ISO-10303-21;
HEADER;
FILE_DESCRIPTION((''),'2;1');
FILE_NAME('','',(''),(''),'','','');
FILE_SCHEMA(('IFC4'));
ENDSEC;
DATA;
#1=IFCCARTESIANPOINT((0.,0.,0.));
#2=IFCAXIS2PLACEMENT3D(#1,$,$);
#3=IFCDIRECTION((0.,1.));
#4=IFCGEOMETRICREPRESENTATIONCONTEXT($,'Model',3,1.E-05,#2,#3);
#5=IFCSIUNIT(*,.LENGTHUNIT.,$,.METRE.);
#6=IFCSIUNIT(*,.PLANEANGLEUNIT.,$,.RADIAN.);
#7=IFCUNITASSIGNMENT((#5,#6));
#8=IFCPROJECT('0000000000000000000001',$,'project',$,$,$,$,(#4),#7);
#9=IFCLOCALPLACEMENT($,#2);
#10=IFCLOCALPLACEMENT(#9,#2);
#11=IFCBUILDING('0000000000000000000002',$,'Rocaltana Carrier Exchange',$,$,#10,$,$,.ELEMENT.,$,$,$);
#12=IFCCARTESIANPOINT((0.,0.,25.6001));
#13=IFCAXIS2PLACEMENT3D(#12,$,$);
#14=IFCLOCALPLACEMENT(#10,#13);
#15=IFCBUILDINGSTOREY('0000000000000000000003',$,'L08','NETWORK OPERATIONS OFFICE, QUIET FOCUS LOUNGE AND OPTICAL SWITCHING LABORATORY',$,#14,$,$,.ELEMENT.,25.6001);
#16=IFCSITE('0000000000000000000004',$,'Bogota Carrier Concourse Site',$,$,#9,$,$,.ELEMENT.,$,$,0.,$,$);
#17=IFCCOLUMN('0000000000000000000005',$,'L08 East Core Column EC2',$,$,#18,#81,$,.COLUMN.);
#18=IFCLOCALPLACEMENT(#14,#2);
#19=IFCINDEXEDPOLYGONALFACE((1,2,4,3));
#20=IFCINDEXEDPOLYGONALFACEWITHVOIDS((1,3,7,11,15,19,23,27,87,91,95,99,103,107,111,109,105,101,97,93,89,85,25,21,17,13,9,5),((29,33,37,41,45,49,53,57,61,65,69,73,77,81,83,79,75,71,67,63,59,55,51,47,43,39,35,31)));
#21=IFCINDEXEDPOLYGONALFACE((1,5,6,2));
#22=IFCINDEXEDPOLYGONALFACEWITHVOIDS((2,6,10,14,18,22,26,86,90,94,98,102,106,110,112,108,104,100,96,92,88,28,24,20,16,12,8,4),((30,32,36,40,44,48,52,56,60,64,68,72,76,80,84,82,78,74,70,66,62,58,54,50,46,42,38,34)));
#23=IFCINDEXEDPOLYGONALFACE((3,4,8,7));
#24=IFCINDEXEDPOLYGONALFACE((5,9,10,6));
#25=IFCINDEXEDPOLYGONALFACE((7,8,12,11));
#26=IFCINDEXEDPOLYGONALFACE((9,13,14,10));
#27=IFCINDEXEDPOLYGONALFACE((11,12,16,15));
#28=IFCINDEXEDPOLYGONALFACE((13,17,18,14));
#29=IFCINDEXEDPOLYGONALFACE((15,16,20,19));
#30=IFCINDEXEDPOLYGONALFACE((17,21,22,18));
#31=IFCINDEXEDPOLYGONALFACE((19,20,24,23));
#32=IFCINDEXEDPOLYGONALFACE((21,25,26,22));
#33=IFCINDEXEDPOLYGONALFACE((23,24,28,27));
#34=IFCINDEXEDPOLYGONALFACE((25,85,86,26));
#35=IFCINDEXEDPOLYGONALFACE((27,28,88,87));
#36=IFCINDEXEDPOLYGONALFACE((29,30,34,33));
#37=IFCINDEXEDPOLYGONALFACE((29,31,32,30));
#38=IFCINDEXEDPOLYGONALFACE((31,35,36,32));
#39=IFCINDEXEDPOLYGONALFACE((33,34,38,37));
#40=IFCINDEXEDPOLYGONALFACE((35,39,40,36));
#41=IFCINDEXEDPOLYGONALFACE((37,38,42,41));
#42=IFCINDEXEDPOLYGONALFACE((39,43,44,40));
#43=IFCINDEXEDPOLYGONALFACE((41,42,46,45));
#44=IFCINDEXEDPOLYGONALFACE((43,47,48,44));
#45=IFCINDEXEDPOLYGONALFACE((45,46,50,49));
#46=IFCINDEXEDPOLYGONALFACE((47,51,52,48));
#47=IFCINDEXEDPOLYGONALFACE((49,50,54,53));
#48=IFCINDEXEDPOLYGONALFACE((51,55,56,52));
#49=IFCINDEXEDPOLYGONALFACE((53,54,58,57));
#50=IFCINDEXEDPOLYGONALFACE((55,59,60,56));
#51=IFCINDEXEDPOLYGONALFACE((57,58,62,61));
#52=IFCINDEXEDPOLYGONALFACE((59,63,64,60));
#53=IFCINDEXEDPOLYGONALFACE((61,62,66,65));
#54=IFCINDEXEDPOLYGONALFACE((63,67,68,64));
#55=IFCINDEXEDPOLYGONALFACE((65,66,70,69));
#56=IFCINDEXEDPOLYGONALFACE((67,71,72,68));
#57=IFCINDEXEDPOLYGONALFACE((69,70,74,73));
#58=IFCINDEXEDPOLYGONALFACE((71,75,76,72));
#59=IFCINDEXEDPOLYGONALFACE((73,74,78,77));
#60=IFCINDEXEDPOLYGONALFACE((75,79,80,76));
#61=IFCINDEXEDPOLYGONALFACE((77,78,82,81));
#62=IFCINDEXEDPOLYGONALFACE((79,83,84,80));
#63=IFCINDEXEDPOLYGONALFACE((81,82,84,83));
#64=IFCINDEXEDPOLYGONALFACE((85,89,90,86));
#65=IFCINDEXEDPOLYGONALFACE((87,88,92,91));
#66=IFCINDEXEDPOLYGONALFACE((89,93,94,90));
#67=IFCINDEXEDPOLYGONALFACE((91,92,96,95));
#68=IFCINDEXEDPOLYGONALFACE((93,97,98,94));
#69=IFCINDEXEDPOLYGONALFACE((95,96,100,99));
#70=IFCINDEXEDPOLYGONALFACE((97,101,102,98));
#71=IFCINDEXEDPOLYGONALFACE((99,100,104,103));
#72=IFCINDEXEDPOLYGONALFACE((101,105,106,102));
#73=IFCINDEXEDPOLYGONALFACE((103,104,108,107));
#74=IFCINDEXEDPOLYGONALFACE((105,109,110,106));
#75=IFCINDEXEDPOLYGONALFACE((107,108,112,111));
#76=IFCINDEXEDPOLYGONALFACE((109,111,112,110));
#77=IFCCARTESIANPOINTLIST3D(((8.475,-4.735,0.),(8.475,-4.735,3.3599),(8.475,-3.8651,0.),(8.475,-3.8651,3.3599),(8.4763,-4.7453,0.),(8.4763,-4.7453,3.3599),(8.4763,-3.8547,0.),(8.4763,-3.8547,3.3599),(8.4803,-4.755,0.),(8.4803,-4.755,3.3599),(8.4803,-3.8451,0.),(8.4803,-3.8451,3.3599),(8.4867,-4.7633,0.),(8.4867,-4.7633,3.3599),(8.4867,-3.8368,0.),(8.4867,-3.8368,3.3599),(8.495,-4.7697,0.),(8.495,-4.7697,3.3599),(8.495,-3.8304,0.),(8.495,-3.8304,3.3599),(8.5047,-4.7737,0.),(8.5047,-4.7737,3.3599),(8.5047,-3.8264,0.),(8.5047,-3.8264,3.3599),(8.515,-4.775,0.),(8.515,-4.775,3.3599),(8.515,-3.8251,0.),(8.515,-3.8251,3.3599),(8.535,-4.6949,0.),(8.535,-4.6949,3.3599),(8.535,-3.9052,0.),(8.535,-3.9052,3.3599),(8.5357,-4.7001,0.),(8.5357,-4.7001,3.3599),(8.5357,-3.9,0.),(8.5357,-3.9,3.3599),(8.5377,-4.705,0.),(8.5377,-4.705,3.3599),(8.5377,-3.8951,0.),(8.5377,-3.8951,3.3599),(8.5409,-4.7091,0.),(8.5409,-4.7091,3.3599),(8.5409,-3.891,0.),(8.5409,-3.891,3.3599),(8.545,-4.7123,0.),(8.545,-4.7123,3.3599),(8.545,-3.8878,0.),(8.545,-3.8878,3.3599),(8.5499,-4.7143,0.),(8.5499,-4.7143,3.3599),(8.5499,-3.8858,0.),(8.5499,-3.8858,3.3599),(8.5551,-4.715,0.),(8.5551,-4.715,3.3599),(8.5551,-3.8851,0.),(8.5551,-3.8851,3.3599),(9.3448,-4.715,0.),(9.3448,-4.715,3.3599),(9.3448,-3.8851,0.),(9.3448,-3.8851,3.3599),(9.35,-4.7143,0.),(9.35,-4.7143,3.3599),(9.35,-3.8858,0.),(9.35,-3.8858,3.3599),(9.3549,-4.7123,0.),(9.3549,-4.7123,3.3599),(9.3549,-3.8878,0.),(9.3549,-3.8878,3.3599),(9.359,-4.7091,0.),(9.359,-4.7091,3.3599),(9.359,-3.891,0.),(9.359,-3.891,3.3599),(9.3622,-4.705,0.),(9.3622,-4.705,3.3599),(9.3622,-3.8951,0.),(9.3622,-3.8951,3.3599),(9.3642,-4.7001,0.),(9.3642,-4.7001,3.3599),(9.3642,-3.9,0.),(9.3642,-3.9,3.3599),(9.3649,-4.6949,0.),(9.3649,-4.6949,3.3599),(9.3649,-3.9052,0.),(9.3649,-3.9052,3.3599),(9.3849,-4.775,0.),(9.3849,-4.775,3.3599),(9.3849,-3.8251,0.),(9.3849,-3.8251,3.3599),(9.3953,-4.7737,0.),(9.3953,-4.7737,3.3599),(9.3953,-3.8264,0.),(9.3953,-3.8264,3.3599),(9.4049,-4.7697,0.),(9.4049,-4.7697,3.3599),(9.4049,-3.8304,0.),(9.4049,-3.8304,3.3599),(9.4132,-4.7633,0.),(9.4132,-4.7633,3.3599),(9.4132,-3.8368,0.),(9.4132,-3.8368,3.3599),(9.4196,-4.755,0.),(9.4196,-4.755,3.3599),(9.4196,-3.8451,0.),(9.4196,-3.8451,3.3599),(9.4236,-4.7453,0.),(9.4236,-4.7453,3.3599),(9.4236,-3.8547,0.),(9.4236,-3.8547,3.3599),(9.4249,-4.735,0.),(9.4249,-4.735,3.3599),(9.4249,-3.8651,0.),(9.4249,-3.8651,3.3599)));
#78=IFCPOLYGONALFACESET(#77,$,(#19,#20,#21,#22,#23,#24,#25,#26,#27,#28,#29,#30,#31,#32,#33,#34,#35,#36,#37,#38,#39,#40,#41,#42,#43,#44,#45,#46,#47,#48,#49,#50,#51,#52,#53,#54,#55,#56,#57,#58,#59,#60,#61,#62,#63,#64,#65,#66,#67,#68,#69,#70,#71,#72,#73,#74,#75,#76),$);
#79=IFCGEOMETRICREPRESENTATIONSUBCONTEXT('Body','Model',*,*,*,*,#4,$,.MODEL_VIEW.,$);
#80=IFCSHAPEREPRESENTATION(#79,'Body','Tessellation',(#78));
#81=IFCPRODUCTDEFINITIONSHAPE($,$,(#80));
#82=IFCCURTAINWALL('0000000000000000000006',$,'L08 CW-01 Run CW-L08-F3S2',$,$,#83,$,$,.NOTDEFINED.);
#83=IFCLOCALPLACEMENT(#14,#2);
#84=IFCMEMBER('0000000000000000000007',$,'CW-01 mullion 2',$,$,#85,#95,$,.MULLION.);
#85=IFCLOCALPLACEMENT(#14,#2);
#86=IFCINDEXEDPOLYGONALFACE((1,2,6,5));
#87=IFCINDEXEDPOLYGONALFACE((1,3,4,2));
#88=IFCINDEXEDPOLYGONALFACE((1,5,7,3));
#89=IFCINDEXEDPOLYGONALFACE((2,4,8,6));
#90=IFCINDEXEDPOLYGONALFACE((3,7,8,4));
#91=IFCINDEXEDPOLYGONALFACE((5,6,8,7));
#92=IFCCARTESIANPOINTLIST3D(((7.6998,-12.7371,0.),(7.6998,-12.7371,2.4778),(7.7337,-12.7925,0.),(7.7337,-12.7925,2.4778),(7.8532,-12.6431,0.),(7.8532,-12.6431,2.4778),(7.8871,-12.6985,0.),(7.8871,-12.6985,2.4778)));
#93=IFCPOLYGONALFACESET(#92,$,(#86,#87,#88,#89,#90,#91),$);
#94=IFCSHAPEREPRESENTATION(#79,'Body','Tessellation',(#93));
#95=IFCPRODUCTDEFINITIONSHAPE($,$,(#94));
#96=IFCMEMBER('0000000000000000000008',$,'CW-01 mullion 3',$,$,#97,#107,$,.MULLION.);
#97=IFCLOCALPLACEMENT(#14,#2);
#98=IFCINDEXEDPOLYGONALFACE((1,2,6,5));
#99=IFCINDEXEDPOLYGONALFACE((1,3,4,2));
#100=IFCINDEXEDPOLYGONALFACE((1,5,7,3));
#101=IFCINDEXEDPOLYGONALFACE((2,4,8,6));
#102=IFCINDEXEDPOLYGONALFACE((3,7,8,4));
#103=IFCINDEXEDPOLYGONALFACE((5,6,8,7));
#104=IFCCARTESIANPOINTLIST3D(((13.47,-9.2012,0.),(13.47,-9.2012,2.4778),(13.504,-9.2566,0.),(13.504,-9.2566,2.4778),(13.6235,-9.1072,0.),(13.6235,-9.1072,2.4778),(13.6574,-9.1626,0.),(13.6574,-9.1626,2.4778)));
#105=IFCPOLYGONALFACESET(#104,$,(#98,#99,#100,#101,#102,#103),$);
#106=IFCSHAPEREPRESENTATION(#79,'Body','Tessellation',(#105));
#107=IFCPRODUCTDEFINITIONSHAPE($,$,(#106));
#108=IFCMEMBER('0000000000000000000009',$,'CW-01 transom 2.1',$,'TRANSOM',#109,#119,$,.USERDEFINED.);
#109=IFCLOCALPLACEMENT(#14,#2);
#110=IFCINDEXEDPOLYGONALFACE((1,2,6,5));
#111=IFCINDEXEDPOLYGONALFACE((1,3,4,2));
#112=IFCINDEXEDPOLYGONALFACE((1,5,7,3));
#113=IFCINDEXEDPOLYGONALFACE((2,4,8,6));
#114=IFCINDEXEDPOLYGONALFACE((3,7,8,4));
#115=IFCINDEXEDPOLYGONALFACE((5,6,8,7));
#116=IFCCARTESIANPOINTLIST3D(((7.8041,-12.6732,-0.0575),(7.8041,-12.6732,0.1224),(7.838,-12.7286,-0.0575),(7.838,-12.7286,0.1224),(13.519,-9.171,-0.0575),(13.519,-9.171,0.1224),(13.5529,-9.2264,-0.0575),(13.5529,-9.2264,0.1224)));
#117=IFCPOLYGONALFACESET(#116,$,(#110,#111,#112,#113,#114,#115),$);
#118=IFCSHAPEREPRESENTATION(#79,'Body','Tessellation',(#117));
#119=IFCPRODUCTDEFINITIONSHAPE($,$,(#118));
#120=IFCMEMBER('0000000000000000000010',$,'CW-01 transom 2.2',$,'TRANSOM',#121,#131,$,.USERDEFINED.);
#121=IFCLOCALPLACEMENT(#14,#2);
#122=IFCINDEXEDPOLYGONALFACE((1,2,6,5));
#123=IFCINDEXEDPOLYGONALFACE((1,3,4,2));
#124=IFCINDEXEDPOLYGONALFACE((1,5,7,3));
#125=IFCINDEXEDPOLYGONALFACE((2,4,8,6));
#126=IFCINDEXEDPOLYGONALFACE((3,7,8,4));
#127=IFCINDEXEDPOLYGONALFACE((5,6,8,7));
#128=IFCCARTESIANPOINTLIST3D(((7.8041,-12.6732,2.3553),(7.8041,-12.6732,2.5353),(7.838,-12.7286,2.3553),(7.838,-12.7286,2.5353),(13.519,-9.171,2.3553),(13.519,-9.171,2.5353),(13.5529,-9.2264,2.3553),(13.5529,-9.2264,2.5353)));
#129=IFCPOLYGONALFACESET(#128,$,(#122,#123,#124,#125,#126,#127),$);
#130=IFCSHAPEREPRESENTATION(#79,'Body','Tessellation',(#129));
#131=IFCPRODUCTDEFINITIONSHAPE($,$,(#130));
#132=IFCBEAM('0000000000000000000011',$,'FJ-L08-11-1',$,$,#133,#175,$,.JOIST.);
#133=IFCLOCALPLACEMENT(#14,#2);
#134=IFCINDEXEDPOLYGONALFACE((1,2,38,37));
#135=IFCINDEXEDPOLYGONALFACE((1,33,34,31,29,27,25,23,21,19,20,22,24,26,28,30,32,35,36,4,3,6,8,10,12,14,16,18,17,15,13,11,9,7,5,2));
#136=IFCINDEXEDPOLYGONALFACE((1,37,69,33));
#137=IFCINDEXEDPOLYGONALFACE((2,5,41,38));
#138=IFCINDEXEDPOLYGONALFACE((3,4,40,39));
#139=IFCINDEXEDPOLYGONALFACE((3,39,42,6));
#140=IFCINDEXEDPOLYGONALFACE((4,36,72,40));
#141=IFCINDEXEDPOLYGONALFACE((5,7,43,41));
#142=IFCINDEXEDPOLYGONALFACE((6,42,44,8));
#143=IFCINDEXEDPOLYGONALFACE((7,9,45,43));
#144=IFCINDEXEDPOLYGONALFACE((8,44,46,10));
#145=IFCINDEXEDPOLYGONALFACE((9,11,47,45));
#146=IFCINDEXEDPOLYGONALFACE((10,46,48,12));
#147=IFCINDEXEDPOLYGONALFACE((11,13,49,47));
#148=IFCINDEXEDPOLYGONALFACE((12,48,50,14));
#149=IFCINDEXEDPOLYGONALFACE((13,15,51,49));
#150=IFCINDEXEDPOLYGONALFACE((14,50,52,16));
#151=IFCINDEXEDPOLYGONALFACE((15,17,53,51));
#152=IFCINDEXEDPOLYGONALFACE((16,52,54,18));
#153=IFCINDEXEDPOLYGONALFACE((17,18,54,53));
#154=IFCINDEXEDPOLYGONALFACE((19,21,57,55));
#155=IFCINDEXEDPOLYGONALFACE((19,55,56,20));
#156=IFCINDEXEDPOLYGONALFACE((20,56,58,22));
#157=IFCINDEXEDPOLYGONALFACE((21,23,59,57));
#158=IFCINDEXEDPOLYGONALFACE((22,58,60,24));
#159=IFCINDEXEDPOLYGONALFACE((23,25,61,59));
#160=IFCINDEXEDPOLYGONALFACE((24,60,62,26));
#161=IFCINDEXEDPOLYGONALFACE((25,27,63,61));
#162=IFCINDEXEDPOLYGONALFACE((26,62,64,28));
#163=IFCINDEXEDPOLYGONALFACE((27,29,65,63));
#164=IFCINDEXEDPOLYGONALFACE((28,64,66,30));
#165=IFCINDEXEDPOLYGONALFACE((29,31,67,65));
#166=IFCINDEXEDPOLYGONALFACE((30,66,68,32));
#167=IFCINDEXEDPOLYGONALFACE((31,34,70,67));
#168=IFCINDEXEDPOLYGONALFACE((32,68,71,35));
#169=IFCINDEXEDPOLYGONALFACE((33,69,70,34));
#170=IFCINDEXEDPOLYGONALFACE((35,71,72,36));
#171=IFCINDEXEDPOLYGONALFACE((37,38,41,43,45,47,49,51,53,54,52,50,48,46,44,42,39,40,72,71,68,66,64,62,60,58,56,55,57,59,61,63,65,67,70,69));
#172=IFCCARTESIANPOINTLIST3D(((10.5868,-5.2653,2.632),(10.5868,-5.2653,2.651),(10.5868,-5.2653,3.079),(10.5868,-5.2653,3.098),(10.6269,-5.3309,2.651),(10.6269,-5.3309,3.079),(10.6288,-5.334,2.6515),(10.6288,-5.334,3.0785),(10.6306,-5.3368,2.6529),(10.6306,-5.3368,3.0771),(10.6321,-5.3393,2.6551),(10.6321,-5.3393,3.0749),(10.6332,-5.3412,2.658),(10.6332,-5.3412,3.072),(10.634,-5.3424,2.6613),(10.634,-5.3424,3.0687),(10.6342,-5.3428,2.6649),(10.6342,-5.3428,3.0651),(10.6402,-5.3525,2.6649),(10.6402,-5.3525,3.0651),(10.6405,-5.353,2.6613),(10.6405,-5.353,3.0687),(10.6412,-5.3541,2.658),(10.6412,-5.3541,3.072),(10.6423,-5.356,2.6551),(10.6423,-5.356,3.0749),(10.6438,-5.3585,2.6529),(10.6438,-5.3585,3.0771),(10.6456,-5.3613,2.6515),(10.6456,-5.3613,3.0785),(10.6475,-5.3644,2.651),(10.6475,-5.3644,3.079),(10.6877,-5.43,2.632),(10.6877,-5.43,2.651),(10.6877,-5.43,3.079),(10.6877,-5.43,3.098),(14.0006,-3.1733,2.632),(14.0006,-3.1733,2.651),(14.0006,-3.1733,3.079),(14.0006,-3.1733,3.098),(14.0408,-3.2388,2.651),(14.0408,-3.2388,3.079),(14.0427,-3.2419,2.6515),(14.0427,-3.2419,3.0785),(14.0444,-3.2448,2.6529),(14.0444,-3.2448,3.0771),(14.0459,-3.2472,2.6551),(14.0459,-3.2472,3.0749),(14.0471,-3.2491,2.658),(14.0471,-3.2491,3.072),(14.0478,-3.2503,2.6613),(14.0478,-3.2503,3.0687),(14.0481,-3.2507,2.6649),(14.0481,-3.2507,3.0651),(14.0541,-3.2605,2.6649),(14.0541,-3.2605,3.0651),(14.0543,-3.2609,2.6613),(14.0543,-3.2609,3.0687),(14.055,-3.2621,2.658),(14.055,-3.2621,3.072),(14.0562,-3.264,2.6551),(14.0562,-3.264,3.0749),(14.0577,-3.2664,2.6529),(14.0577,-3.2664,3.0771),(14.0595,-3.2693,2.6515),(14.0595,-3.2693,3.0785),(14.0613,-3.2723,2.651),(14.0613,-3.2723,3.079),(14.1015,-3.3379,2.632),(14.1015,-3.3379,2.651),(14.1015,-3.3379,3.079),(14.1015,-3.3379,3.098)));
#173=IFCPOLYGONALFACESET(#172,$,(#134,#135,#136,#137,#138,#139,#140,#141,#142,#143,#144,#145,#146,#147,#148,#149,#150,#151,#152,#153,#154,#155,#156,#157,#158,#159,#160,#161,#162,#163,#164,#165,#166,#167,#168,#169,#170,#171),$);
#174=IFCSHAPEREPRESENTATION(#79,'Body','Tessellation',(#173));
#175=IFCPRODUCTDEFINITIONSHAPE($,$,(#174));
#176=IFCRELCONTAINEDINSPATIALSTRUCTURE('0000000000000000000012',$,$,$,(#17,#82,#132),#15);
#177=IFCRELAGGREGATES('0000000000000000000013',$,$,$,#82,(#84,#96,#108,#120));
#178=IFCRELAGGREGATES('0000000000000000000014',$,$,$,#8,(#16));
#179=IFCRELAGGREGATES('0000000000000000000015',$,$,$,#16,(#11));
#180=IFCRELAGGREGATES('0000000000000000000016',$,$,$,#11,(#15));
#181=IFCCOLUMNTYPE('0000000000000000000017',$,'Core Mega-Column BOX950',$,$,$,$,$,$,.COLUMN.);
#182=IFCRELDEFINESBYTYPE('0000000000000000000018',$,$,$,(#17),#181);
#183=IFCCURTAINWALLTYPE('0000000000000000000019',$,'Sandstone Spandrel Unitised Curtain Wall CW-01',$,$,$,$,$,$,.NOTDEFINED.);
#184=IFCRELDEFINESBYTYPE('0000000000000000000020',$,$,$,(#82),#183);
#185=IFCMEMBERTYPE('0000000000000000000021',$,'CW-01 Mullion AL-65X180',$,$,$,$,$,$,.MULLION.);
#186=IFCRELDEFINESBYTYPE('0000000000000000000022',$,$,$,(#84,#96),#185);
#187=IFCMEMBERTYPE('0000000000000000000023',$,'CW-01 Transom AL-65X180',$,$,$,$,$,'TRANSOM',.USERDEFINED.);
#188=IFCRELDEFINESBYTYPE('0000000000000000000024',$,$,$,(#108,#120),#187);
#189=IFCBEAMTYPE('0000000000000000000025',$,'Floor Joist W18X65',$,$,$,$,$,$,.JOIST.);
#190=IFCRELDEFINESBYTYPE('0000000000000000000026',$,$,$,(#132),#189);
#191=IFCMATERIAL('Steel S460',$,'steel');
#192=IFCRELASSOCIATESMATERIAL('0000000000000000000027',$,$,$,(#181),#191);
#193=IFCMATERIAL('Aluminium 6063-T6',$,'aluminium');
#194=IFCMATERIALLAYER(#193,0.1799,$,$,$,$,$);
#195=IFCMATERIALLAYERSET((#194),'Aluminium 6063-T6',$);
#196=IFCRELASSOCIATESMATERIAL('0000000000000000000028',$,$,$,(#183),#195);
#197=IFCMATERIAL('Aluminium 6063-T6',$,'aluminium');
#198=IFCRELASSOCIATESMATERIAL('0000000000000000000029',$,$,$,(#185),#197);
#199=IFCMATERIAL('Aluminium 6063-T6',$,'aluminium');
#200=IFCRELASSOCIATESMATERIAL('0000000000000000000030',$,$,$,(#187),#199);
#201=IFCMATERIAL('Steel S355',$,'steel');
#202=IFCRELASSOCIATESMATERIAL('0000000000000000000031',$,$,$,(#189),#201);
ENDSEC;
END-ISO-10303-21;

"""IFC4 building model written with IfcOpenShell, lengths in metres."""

from ifc_helpers import new_model, si_unit, direction, frame, origin, origin_2d, place, context, subcontext, project, spatial, rectangle, hollow_rectangle, i_section, extrude, material, layer, layer_set, material_profile, profile_set, type_object, element, aggregate, save


model = new_model("IFC4")

# Units and contexts
model_context = context("Model", 3, precision=1e-05, world=origin(), true_north=direction((0.0, 1.0)))
body_context = subcontext(model_context, "Body", "Model", "MODEL_VIEW")
ifc_project = project(units=[si_unit("LENGTHUNIT", "METRE"), si_unit("PLANEANGLEUNIT", "RADIAN")], contexts=[model_context])

# Site, building, storey
site_placement = place(None, origin())
site = spatial("IfcSite", under=ifc_project, at=site_placement, Name="Bogota Carrier Concourse Site", CompositionType="ELEMENT", RefElevation=0.0)
building_placement = place(site_placement, origin())
building = spatial("IfcBuilding", under=site, at=building_placement, Name="Rocaltana Carrier Exchange", CompositionType="ELEMENT")
storey_placement = place(building_placement, frame((0.0, 0.0, 25.6001)))
storey = spatial("IfcBuildingStorey", under=building, at=storey_placement, Name="L08", Description="NETWORK OPERATIONS OFFICE, QUIET FOCUS LOUNGE AND OPTICAL SWITCHING LABORATORY", CompositionType="ELEMENT", Elevation=25.6001)

# Column
ifc_material_1 = material(Name="Steel S460", Category="steel")
ifc_material_profile_1 = material_profile(ifc_material_1, hollow_rectangle(XDim=0.95, YDim=0.95, WallThickness=0.0601, InnerFilletRadius=0.02, OuterFilletRadius=0.04, at=origin_2d()), Name="BOX950X950X60")
ifc_profile_set_1 = profile_set([ifc_material_profile_1], Name="Steel S460")
column_type = type_object("IfcColumnType", Name="Core Mega-Column BOX950", PredefinedType="COLUMN", material=ifc_profile_set_1)
column_placement = place(storey_placement, frame((8.95, -4.3, 0.0), z_axis=(0.0, 0.0, 1.0), x_axis=(1.0, 0.0, 0.0)))
element("IfcColumn", 1, at=column_placement, inside=storey, type_object=column_type, Name="L08 East Core Column EC2", PredefinedType="COLUMN", context=body_context, shape_type="SweptSolid", body=[
    extrude(hollow_rectangle(XDim=0.95, YDim=0.95, WallThickness=0.0601, InnerFilletRadius=0.02, OuterFilletRadius=0.04, at=origin_2d()), origin(), (0.0, 0.0, 1.0), 3.3599),
])

# Curtain wall, members
ifc_material_2 = material(Name="Aluminium 6063-T6", Category="aluminium")
ifc_layer_1 = layer(ifc_material_2, 0.1799)
ifc_layer_set_1 = layer_set([ifc_layer_1], Name="Aluminium 6063-T6")
curtain_wall_type = type_object("IfcCurtainWallType", Name="Sandstone Spandrel Unitised Curtain Wall CW-01", PredefinedType="NOTDEFINED", material=ifc_layer_set_1)
curtain_wall_placement = place(storey_placement, origin())
curtain_wall = element("IfcCurtainWall", 2, at=curtain_wall_placement, inside=storey, type_object=curtain_wall_type, Name="L08 CW-01 Run CW-L08-F3S2", PredefinedType="NOTDEFINED")
ifc_material_3 = material(Name="Aluminium 6063-T6", Category="aluminium")
ifc_material_profile_2 = material_profile(ifc_material_3, rectangle(XDim=0.0649, YDim=0.1799, at=origin_2d()), Name="AL-65X180")
ifc_profile_set_2 = profile_set([ifc_material_profile_2], Name="Aluminium 6063-T6")
member_type_1 = type_object("IfcMemberType", Name="CW-01 Mullion AL-65X180", PredefinedType="MULLION", material=ifc_profile_set_2)
member_1_placement = place(storey_placement, frame((7.7935, -12.7178, 0.0), z_axis=(0.0, 0.0, 1.0), x_axis=(-0.5225, 0.852639, 0.0)))
member_1 = element("IfcMember", 3, at=member_1_placement, type_object=member_type_1, Name="CW-01 mullion 2", PredefinedType="MULLION", context=body_context, shape_type="SweptSolid", body=[
    extrude(rectangle(XDim=0.0649, YDim=0.1799, at=origin_2d()), origin(), (0.0, 0.0, 1.0), 2.4778),
])
member_2_placement = place(storey_placement, frame((13.5637, -9.1819, 0.0), z_axis=(0.0, 0.0, 1.0), x_axis=(-0.5225, 0.852639, 0.0)))
member_2 = element("IfcMember", 4, at=member_2_placement, type_object=member_type_1, Name="CW-01 mullion 3", PredefinedType="MULLION", context=body_context, shape_type="SweptSolid", body=[
    extrude(rectangle(XDim=0.0649, YDim=0.1799, at=origin_2d()), origin(), (0.0, 0.0, 1.0), 2.4778),
])
ifc_material_4 = material(Name="Aluminium 6063-T6", Category="aluminium")
ifc_material_profile_3 = material_profile(ifc_material_4, rectangle(XDim=0.0649, YDim=0.1799, at=origin_2d()), Name="AL-65X180")
ifc_profile_set_3 = profile_set([ifc_material_profile_3], Name="Aluminium 6063-T6")
member_type_2 = type_object("IfcMemberType", Name="CW-01 Transom AL-65X180", ElementType="TRANSOM", PredefinedType="USERDEFINED", material=ifc_profile_set_3)
member_3_placement = place(storey_placement, frame((7.821, -12.7009, 0.0325), z_axis=(0.852631, 0.522513, 0.0), x_axis=(-0.522513, 0.852631, 0.0)))
member_3 = element("IfcMember", 5, at=member_3_placement, type_object=member_type_2, Name="CW-01 transom 2.1", ObjectType="TRANSOM", PredefinedType="USERDEFINED", context=body_context, shape_type="SweptSolid", body=[
    extrude(rectangle(XDim=0.0649, YDim=0.1799, at=origin_2d()), origin(), (0.0, 0.0, 1.0), 6.7026),
])
member_4_placement = place(storey_placement, frame((7.821, -12.7009, 2.4453), z_axis=(0.852631, 0.522513, 0.0), x_axis=(-0.522513, 0.852631, 0.0)))
member_4 = element("IfcMember", 6, at=member_4_placement, type_object=member_type_2, Name="CW-01 transom 2.2", ObjectType="TRANSOM", PredefinedType="USERDEFINED", context=body_context, shape_type="SweptSolid", body=[
    extrude(rectangle(XDim=0.0649, YDim=0.1799, at=origin_2d()), origin(), (0.0, 0.0, 1.0), 6.7026),
])

# Beam
ifc_material_5 = material(Name="Steel S355", Category="steel")
ifc_material_profile_4 = material_profile(ifc_material_5, i_section(OverallWidth=0.1931, OverallDepth=0.4661, WebThickness=0.0115, FlangeThickness=0.019, FilletRadius=0.0139, at=origin_2d()), Name="W18X65")
ifc_profile_set_4 = profile_set([ifc_material_profile_4], Name="Steel S355")
beam_type_1 = type_object("IfcBeamType", Name="Floor Joist W18X65", PredefinedType="JOIST", material=ifc_profile_set_4)
beam_1_placement = place(storey_placement, frame((10.6372, -5.3477, 2.865), z_axis=(0.852635, 0.522508, 0.0), x_axis=(-0.522508, 0.852635, 0.0)))
element("IfcBeam", 7, at=beam_1_placement, inside=storey, type_object=beam_type_1, Name="FJ-L08-11-1", PredefinedType="JOIST", context=body_context, shape_type="SweptSolid", body=[
    extrude(i_section(OverallWidth=0.1931, OverallDepth=0.4661, WebThickness=0.0115, FlangeThickness=0.019, FilletRadius=0.0139, at=origin_2d()), origin(), (0.0, 0.0, 1.0), 4.0039),
])

aggregate(curtain_wall, [member_1, member_2, member_3, member_4])

save(model, "model.ifc")
